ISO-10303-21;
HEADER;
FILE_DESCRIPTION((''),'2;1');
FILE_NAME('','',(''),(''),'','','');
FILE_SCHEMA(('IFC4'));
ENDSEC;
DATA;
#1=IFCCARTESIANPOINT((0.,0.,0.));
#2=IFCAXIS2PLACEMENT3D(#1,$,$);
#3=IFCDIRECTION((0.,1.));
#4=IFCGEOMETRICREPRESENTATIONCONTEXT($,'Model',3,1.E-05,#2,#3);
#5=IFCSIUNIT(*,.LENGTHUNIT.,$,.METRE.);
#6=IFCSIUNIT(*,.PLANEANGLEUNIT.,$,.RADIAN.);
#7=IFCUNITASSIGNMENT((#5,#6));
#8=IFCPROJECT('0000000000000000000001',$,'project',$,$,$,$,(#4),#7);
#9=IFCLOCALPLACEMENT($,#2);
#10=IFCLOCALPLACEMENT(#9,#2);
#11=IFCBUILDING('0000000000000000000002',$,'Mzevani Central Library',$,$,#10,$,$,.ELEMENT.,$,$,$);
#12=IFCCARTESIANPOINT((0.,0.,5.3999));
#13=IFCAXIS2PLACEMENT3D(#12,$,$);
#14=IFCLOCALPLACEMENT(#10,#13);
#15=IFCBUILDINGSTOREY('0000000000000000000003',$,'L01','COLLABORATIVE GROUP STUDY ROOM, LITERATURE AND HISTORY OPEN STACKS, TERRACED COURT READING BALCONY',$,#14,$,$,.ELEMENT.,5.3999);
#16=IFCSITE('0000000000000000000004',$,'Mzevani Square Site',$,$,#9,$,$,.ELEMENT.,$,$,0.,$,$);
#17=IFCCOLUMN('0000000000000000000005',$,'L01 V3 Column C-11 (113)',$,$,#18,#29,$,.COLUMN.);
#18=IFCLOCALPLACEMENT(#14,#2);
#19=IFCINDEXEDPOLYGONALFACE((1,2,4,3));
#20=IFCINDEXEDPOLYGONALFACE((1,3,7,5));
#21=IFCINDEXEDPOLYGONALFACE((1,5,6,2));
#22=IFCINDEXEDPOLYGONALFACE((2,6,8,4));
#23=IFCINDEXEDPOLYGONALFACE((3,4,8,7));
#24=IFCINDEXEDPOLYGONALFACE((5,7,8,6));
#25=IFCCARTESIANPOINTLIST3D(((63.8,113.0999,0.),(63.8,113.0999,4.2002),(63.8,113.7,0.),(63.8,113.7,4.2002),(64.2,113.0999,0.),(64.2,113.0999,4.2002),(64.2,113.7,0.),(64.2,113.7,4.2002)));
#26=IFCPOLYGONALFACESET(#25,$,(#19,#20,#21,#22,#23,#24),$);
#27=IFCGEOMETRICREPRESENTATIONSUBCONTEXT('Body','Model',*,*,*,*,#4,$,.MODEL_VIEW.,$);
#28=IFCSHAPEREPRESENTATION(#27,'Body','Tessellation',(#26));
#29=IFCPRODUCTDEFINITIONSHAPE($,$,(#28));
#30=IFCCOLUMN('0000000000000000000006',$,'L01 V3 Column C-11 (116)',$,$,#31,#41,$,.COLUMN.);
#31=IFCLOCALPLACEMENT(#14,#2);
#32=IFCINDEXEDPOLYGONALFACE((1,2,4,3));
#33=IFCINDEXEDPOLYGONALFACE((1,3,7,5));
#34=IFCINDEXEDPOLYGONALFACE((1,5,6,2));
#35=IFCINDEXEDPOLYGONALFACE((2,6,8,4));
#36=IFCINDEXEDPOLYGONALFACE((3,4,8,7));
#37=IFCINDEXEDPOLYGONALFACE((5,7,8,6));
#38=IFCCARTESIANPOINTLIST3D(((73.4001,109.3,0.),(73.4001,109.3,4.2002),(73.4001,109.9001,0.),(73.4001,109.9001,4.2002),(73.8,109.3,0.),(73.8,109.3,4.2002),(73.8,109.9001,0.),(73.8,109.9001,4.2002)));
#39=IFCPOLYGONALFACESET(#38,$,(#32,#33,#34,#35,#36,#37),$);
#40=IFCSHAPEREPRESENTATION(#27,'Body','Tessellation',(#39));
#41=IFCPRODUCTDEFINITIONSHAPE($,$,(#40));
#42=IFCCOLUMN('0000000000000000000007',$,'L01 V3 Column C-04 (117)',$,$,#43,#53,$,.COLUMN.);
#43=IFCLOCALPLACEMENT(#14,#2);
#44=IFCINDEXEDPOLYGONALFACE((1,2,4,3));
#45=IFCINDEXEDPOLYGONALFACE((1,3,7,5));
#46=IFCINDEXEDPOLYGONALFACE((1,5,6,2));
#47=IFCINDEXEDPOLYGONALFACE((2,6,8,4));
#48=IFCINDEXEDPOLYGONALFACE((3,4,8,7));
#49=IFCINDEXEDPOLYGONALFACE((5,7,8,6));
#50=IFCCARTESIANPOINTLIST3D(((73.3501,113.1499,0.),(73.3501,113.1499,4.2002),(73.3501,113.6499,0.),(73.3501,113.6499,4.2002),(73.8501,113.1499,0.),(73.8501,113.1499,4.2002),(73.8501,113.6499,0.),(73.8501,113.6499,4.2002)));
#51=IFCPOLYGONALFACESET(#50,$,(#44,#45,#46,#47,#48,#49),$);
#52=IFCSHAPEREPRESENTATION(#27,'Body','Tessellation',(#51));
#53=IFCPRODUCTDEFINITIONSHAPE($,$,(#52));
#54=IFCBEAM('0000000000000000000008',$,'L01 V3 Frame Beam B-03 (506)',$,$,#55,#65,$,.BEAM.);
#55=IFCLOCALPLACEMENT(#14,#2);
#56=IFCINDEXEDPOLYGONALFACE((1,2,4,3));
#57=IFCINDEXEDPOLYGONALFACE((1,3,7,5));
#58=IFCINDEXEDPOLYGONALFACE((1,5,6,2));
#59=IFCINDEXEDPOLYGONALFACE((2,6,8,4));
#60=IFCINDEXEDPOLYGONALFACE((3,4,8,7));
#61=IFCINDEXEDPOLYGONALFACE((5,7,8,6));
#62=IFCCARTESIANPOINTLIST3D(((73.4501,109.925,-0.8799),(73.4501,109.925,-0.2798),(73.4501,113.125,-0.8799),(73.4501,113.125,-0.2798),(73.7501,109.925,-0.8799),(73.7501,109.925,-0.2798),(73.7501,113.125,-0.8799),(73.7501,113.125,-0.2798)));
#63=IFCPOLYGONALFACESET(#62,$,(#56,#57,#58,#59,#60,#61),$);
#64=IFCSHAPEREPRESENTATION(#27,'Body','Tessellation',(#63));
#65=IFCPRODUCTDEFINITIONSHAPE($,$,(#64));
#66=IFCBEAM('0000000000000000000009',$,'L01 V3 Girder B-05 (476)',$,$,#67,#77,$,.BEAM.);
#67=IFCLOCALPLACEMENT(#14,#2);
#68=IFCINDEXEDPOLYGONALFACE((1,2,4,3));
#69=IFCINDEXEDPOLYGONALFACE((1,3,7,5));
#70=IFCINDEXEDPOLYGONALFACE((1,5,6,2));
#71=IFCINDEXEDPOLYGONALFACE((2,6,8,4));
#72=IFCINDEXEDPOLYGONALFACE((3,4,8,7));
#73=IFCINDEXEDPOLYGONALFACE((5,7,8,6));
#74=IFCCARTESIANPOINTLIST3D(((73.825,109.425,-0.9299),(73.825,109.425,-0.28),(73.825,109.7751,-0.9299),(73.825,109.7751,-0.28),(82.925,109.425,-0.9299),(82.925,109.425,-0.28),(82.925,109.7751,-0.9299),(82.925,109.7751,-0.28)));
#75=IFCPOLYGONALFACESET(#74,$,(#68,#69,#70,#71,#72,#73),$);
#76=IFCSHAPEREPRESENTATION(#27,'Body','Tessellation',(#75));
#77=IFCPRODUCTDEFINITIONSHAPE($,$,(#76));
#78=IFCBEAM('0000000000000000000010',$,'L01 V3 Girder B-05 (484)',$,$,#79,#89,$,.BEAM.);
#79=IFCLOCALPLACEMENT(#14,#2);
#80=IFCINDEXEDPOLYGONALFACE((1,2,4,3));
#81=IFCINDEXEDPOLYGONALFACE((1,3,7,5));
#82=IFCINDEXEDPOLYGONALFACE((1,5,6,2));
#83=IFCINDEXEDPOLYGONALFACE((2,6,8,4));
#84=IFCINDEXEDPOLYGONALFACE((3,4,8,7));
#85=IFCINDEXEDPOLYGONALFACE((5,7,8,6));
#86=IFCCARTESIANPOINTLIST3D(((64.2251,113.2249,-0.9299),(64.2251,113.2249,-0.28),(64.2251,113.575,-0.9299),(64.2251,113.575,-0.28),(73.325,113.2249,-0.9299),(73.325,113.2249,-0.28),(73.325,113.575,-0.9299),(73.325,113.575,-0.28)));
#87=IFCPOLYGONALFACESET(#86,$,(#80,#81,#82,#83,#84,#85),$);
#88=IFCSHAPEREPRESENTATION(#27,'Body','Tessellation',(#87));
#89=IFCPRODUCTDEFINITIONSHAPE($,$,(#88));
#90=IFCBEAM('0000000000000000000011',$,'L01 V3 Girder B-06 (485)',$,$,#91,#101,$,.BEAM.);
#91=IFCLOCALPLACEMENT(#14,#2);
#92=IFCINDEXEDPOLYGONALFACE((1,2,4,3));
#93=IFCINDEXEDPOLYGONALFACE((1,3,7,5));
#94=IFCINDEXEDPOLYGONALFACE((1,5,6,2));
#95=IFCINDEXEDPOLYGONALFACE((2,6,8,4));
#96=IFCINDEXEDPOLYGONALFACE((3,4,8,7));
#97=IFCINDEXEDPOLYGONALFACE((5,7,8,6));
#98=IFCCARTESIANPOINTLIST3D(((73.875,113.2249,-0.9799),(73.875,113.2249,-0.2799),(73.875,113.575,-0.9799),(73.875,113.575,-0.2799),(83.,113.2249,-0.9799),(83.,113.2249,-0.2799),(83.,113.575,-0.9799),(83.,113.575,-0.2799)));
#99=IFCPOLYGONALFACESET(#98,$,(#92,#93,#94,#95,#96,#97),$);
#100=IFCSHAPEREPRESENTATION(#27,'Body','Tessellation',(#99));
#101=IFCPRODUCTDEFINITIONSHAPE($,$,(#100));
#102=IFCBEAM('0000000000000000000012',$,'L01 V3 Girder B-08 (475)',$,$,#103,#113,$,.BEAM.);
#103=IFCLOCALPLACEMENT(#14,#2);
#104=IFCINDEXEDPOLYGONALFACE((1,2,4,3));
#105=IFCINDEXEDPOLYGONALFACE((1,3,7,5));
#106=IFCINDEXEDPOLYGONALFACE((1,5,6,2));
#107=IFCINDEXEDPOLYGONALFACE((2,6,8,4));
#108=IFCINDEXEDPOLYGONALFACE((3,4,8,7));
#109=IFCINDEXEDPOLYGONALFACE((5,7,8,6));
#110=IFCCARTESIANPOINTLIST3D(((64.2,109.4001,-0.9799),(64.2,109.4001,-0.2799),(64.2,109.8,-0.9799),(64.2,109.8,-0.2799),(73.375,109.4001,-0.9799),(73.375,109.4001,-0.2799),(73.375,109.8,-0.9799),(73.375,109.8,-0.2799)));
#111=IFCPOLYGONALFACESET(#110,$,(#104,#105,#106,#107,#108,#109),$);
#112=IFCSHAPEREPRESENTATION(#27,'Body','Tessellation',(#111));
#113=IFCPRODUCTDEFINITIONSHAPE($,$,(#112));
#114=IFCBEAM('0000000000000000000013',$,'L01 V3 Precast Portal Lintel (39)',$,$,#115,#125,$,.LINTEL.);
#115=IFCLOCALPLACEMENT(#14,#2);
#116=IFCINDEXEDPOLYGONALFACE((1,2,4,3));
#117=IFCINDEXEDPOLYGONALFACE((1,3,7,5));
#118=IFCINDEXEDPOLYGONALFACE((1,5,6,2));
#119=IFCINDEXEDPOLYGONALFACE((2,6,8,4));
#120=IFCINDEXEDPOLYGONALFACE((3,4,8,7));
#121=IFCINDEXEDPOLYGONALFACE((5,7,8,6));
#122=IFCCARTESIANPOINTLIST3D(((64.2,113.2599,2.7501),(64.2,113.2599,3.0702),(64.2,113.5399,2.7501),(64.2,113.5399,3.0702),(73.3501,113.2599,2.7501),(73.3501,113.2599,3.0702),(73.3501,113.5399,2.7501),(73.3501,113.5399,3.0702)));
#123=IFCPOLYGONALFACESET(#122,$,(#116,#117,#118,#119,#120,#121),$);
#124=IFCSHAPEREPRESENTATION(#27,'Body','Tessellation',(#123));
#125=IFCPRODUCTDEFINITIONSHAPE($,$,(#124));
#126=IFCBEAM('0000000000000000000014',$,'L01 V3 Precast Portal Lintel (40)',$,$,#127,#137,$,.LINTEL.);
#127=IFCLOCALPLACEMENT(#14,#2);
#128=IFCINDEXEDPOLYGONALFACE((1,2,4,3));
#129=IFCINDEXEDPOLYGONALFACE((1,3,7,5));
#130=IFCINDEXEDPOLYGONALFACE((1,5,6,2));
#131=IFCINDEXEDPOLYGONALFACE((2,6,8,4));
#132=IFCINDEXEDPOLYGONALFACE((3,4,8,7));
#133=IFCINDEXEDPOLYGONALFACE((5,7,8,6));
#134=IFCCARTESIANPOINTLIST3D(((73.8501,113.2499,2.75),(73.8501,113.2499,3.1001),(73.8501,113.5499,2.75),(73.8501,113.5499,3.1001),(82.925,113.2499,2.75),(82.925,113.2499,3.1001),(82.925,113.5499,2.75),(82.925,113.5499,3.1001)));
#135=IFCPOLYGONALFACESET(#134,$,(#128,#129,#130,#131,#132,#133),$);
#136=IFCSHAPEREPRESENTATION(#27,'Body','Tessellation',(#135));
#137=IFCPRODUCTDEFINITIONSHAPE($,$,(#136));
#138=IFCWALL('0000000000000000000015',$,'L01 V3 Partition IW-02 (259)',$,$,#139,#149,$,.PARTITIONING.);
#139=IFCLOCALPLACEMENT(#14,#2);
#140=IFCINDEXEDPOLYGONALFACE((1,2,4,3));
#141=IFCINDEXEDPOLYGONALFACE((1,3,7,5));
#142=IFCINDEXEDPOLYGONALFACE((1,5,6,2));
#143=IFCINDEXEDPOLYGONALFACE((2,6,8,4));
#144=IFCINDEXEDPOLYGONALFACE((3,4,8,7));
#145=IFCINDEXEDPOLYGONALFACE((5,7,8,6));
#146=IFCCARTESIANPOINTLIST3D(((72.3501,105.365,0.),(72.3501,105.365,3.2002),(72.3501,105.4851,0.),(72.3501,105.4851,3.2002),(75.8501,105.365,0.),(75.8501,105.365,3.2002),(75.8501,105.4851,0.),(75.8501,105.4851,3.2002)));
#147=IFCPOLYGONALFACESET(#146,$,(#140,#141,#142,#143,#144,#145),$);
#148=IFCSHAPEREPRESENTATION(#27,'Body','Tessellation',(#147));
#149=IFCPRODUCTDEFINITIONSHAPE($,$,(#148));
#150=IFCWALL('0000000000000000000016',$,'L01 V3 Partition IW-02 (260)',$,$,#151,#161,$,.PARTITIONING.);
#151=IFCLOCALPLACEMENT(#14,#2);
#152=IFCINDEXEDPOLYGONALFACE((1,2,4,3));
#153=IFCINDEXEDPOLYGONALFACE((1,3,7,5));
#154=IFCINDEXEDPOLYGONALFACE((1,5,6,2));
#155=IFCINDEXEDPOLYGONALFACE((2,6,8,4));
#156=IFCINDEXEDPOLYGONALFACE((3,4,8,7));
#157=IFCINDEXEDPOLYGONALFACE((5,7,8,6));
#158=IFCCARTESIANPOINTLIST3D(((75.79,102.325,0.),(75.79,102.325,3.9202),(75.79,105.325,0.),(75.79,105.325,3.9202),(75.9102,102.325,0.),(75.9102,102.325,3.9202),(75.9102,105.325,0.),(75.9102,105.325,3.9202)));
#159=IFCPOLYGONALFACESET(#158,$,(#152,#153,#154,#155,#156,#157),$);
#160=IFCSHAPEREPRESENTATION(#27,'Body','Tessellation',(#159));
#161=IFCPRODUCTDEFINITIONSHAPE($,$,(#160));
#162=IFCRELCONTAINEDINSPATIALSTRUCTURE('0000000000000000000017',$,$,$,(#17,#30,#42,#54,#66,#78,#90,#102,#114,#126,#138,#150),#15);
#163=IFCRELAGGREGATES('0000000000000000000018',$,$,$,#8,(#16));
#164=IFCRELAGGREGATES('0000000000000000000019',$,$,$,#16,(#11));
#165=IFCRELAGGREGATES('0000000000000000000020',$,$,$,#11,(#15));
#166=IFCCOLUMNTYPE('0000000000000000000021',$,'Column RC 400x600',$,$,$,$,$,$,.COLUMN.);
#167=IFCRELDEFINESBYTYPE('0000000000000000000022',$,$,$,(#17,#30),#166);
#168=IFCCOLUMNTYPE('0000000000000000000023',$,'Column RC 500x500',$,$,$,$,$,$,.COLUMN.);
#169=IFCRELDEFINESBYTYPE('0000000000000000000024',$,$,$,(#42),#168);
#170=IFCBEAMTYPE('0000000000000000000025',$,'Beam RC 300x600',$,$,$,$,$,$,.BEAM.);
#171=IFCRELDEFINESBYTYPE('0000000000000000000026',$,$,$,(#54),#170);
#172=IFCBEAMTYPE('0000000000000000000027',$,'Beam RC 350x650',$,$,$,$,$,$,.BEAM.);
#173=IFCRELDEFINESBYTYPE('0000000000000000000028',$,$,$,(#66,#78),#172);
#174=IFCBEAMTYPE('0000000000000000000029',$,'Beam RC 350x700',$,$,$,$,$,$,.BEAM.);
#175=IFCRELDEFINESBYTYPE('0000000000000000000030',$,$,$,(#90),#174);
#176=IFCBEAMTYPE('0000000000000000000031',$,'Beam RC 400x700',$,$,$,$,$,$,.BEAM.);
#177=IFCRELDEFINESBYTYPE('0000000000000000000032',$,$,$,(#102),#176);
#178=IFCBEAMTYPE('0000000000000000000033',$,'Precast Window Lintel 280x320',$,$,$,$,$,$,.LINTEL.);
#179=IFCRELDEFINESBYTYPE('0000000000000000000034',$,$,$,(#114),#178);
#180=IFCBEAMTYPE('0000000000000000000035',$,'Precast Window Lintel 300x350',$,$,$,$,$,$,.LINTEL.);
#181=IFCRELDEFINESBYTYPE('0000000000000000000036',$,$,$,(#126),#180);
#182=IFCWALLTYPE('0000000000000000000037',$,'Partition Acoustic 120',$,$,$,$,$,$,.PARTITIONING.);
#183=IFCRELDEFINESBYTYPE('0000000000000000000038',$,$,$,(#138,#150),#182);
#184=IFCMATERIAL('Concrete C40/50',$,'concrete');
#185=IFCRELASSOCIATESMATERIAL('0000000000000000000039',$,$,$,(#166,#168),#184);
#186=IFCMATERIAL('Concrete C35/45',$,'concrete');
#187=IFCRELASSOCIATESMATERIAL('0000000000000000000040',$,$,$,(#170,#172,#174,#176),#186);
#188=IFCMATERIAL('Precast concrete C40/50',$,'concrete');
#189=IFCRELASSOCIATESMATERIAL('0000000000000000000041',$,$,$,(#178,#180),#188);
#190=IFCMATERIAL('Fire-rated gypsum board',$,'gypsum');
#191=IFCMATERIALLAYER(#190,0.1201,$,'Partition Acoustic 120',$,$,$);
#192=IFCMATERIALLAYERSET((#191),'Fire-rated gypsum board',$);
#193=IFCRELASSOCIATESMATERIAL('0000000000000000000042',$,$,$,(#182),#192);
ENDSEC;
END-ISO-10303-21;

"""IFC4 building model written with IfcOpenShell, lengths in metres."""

from ifc_helpers import new_model, si_unit, direction, frame, frame_2d, origin, origin_2d, place, context, subcontext, project, spatial, rectangle, extrude, material, layer, layer_set, material_profile, profile_set, type_object, element, save


model = new_model("IFC4")

# Units and contexts
model_context = context("Model", 3, precision=1e-05, world=origin(), true_north=direction((0.0, 1.0)))
body_context = subcontext(model_context, "Body", "Model", "MODEL_VIEW")
ifc_project = project(units=[si_unit("LENGTHUNIT", "METRE"), si_unit("PLANEANGLEUNIT", "RADIAN")], contexts=[model_context])

# Site, building, storey
site_placement = place(None, origin())
site = spatial("IfcSite", under=ifc_project, at=site_placement, Name="Mzevani Square Site", CompositionType="ELEMENT", RefElevation=0.0)
building_placement = place(site_placement, origin())
building = spatial("IfcBuilding", under=site, at=building_placement, Name="Mzevani Central Library", CompositionType="ELEMENT")
storey_placement = place(building_placement, frame((0.0, 0.0, 5.3999)))
storey = spatial("IfcBuildingStorey", under=building, at=storey_placement, Name="L01", Description="COLLABORATIVE GROUP STUDY ROOM, LITERATURE AND HISTORY OPEN STACKS, TERRACED COURT READING BALCONY", CompositionType="ELEMENT", Elevation=5.3999)

# Columns
ifc_material_1 = material(Name="Concrete C40/50", Category="concrete")
ifc_material_profile_1 = material_profile(ifc_material_1, rectangle(XDim=0.3999, YDim=0.6001, at=origin_2d()), Name="RC 400x600")
ifc_profile_set_1 = profile_set([ifc_material_profile_1], Name="Concrete C40/50")
column_type_1 = type_object("IfcColumnType", Name="Column RC 400x600", PredefinedType="COLUMN", material=ifc_profile_set_1)
for number, where, z_axis, x_axis, name in (
    (1, (64.0, 113.3999, 0.0), (0.0, 0.0, 1.0), (1.0, 0.0, 0.0), "L01 V3 Column C-11 (113)"),
    (2, (73.6001, 109.6001, 0.0), (0.0, 0.0, 1.0), (1.0, 0.0, 0.0), "L01 V3 Column C-11 (116)"),
):
    element("IfcColumn", number, at=place(storey_placement, frame(where, z_axis=z_axis, x_axis=x_axis)), inside=storey, type_object=column_type_1, Name=name, PredefinedType="COLUMN", context=body_context, shape_type="SweptSolid", body=[
        extrude(rectangle(XDim=0.3999, YDim=0.6001, at=origin_2d()), origin(), (0.0, 0.0, 1.0), 4.2002),
    ])
ifc_material_profile_2 = material_profile(ifc_material_1, rectangle(XDim=0.5, YDim=0.5, at=origin_2d()), Name="RC 500x500")
ifc_profile_set_2 = profile_set([ifc_material_profile_2], Name="Concrete C40/50")
column_type_2 = type_object("IfcColumnType", Name="Column RC 500x500", PredefinedType="COLUMN", material=ifc_profile_set_2)
column_placement = place(storey_placement, frame((73.6001, 113.3999, 0.0), z_axis=(0.0, 0.0, 1.0), x_axis=(1.0, 0.0, 0.0)))
element("IfcColumn", 3, at=column_placement, inside=storey, type_object=column_type_2, Name="L01 V3 Column C-04 (117)", PredefinedType="COLUMN", context=body_context, shape_type="SweptSolid", body=[
    extrude(rectangle(XDim=0.5, YDim=0.5, at=origin_2d()), origin(), (0.0, 0.0, 1.0), 4.2002),
])

# Beams
ifc_material_2 = material(Name="Concrete C35/45", Category="concrete")
ifc_material_profile_3 = material_profile(ifc_material_2, rectangle(XDim=0.3, YDim=0.6001, at=origin_2d()), Name="RC B300x600")
ifc_profile_set_3 = profile_set([ifc_material_profile_3], Name="Concrete C35/45")
beam_type_1 = type_object("IfcBeamType", Name="Beam RC 300x600", PredefinedType="BEAM", material=ifc_profile_set_3)
beam_1_placement = place(storey_placement, frame((73.6001, 109.925, -0.5798), z_axis=(0.0, 1.0, 0.0), x_axis=(-1.0, 0.0, 0.0)))
element("IfcBeam", 4, at=beam_1_placement, inside=storey, type_object=beam_type_1, Name="L01 V3 Frame Beam B-03 (506)", PredefinedType="BEAM", context=body_context, shape_type="SweptSolid", body=[
    extrude(rectangle(XDim=0.3, YDim=0.6001, at=origin_2d()), origin(), (0.0, 0.0, 1.0), 3.2),
])
ifc_material_profile_4 = material_profile(ifc_material_2, rectangle(XDim=0.3501, YDim=0.6499, at=origin_2d()), Name="RC B350x650")
ifc_profile_set_4 = profile_set([ifc_material_profile_4], Name="Concrete C35/45")
beam_type_2 = type_object("IfcBeamType", Name="Beam RC 350x650", PredefinedType="BEAM", material=ifc_profile_set_4)
beam_2_placement = place(storey_placement, frame((73.825, 109.6001, -0.605), z_axis=(1.0, 0.0, 0.0), x_axis=(0.0, 1.0, 0.0)))
element("IfcBeam", 5, at=beam_2_placement, inside=storey, type_object=beam_type_2, Name="L01 V3 Girder B-05 (476)", PredefinedType="BEAM", context=body_context, shape_type="SweptSolid", body=[
    extrude(rectangle(XDim=0.3501, YDim=0.6499, at=origin_2d()), origin(), (0.0, 0.0, 1.0), 9.1001),
])
beam_3_placement = place(storey_placement, frame((64.2251, 113.3999, -0.605), z_axis=(1.0, 0.0, 0.0), x_axis=(0.0, 1.0, 0.0)))
element("IfcBeam", 6, at=beam_3_placement, inside=storey, type_object=beam_type_2, Name="L01 V3 Girder B-05 (484)", PredefinedType="BEAM", context=body_context, shape_type="SweptSolid", body=[
    extrude(rectangle(XDim=0.3501, YDim=0.6499, at=origin_2d()), origin(), (0.0, 0.0, 1.0), 9.0999),
])
ifc_material_profile_5 = material_profile(ifc_material_2, rectangle(XDim=0.3501, YDim=0.7, at=origin_2d()), Name="RC B350x700")
ifc_profile_set_5 = profile_set([ifc_material_profile_5], Name="Concrete C35/45")
beam_type_3 = type_object("IfcBeamType", Name="Beam RC 350x700", PredefinedType="BEAM", material=ifc_profile_set_5)
beam_4_placement = place(storey_placement, frame((73.875, 113.3999, -0.6299), z_axis=(1.0, 0.0, 0.0), x_axis=(0.0, 1.0, 0.0)))
element("IfcBeam", 7, at=beam_4_placement, inside=storey, type_object=beam_type_3, Name="L01 V3 Girder B-06 (485)", PredefinedType="BEAM", context=body_context, shape_type="SweptSolid", body=[
    extrude(rectangle(XDim=0.3501, YDim=0.7, at=origin_2d()), origin(), (0.0, 0.0, 1.0), 9.125),
])
ifc_material_profile_6 = material_profile(ifc_material_2, rectangle(XDim=0.3999, YDim=0.7, at=origin_2d()), Name="RC B400x700")
ifc_profile_set_6 = profile_set([ifc_material_profile_6], Name="Concrete C35/45")
beam_type_4 = type_object("IfcBeamType", Name="Beam RC 400x700", PredefinedType="BEAM", material=ifc_profile_set_6)
beam_5_placement = place(storey_placement, frame((64.2, 109.6001, -0.6299), z_axis=(1.0, 0.0, 0.0), x_axis=(0.0, 1.0, 0.0)))
element("IfcBeam", 8, at=beam_5_placement, inside=storey, type_object=beam_type_4, Name="L01 V3 Girder B-08 (475)", PredefinedType="BEAM", context=body_context, shape_type="SweptSolid", body=[
    extrude(rectangle(XDim=0.3999, YDim=0.7, at=origin_2d()), origin(), (0.0, 0.0, 1.0), 9.175),
])
ifc_material_3 = material(Name="Precast concrete C40/50", Category="concrete")
ifc_material_profile_7 = material_profile(ifc_material_3, rectangle(XDim=0.28, YDim=0.3201, at=origin_2d()), Name="PC LN280x320")
ifc_profile_set_7 = profile_set([ifc_material_profile_7], Name="Precast concrete C40/50")
beam_type_5 = type_object("IfcBeamType", Name="Precast Window Lintel 280x320", PredefinedType="LINTEL", material=ifc_profile_set_7)
beam_6_placement = place(storey_placement, frame((64.2, 113.3999, 2.9102), z_axis=(1.0, 0.0, 0.0), x_axis=(0.0, 1.0, 0.0)))
element("IfcBeam", 9, at=beam_6_placement, inside=storey, type_object=beam_type_5, Name="L01 V3 Precast Portal Lintel (39)", PredefinedType="LINTEL", context=body_context, shape_type="SweptSolid", body=[
    extrude(rectangle(XDim=0.28, YDim=0.3201, at=origin_2d()), origin(), (0.0, 0.0, 1.0), 9.1501),
])
ifc_material_profile_8 = material_profile(ifc_material_3, rectangle(XDim=0.3, YDim=0.3501, at=origin_2d()), Name="PC LN300x350")
ifc_profile_set_8 = profile_set([ifc_material_profile_8], Name="Precast concrete C40/50")
beam_type_6 = type_object("IfcBeamType", Name="Precast Window Lintel 300x350", PredefinedType="LINTEL", material=ifc_profile_set_8)
beam_7_placement = place(storey_placement, frame((73.8501, 113.3999, 2.925), z_axis=(1.0, 0.0, 0.0), x_axis=(0.0, 1.0, 0.0)))
element("IfcBeam", 10, at=beam_7_placement, inside=storey, type_object=beam_type_6, Name="L01 V3 Precast Portal Lintel (40)", PredefinedType="LINTEL", context=body_context, shape_type="SweptSolid", body=[
    extrude(rectangle(XDim=0.3, YDim=0.3501, at=origin_2d()), origin(), (0.0, 0.0, 1.0), 9.075),
])

# Walls
ifc_material_4 = material(Name="Fire-rated gypsum board", Category="gypsum")
ifc_layer_1 = layer(ifc_material_4, 0.1201, Name="Partition Acoustic 120")
ifc_layer_set_1 = layer_set([ifc_layer_1], Name="Fire-rated gypsum board")
wall_type_1 = type_object("IfcWallType", Name="Partition Acoustic 120", PredefinedType="PARTITIONING", material=ifc_layer_set_1)
wall_1_placement = place(storey_placement, frame((72.3501, 105.425, 0.0), z_axis=(0.0, 0.0, 1.0), x_axis=(1.0, 0.0, 0.0)))
element("IfcWall", 11, at=wall_1_placement, inside=storey, type_object=wall_type_1, Name="L01 V3 Partition IW-02 (259)", PredefinedType="PARTITIONING", context=body_context, shape_type="SweptSolid", body=[
    extrude(rectangle(XDim=3.5, YDim=0.1201, at=frame_2d((1.75, 0.0))), origin(), (0.0, 0.0, 1.0), 3.2002),
])
wall_2_placement = place(storey_placement, frame((75.8501, 105.325, 0.0), z_axis=(0.0, 0.0, 1.0), x_axis=(0.0, -1.0, 0.0)))
element("IfcWall", 12, at=wall_2_placement, inside=storey, type_object=wall_type_1, Name="L01 V3 Partition IW-02 (260)", PredefinedType="PARTITIONING", context=body_context, shape_type="SweptSolid", body=[
    extrude(rectangle(XDim=3.0, YDim=0.1201, at=frame_2d((1.5, 0.0))), origin(), (0.0, 0.0, 1.0), 3.9202),
])

save(model, "model.ifc")
